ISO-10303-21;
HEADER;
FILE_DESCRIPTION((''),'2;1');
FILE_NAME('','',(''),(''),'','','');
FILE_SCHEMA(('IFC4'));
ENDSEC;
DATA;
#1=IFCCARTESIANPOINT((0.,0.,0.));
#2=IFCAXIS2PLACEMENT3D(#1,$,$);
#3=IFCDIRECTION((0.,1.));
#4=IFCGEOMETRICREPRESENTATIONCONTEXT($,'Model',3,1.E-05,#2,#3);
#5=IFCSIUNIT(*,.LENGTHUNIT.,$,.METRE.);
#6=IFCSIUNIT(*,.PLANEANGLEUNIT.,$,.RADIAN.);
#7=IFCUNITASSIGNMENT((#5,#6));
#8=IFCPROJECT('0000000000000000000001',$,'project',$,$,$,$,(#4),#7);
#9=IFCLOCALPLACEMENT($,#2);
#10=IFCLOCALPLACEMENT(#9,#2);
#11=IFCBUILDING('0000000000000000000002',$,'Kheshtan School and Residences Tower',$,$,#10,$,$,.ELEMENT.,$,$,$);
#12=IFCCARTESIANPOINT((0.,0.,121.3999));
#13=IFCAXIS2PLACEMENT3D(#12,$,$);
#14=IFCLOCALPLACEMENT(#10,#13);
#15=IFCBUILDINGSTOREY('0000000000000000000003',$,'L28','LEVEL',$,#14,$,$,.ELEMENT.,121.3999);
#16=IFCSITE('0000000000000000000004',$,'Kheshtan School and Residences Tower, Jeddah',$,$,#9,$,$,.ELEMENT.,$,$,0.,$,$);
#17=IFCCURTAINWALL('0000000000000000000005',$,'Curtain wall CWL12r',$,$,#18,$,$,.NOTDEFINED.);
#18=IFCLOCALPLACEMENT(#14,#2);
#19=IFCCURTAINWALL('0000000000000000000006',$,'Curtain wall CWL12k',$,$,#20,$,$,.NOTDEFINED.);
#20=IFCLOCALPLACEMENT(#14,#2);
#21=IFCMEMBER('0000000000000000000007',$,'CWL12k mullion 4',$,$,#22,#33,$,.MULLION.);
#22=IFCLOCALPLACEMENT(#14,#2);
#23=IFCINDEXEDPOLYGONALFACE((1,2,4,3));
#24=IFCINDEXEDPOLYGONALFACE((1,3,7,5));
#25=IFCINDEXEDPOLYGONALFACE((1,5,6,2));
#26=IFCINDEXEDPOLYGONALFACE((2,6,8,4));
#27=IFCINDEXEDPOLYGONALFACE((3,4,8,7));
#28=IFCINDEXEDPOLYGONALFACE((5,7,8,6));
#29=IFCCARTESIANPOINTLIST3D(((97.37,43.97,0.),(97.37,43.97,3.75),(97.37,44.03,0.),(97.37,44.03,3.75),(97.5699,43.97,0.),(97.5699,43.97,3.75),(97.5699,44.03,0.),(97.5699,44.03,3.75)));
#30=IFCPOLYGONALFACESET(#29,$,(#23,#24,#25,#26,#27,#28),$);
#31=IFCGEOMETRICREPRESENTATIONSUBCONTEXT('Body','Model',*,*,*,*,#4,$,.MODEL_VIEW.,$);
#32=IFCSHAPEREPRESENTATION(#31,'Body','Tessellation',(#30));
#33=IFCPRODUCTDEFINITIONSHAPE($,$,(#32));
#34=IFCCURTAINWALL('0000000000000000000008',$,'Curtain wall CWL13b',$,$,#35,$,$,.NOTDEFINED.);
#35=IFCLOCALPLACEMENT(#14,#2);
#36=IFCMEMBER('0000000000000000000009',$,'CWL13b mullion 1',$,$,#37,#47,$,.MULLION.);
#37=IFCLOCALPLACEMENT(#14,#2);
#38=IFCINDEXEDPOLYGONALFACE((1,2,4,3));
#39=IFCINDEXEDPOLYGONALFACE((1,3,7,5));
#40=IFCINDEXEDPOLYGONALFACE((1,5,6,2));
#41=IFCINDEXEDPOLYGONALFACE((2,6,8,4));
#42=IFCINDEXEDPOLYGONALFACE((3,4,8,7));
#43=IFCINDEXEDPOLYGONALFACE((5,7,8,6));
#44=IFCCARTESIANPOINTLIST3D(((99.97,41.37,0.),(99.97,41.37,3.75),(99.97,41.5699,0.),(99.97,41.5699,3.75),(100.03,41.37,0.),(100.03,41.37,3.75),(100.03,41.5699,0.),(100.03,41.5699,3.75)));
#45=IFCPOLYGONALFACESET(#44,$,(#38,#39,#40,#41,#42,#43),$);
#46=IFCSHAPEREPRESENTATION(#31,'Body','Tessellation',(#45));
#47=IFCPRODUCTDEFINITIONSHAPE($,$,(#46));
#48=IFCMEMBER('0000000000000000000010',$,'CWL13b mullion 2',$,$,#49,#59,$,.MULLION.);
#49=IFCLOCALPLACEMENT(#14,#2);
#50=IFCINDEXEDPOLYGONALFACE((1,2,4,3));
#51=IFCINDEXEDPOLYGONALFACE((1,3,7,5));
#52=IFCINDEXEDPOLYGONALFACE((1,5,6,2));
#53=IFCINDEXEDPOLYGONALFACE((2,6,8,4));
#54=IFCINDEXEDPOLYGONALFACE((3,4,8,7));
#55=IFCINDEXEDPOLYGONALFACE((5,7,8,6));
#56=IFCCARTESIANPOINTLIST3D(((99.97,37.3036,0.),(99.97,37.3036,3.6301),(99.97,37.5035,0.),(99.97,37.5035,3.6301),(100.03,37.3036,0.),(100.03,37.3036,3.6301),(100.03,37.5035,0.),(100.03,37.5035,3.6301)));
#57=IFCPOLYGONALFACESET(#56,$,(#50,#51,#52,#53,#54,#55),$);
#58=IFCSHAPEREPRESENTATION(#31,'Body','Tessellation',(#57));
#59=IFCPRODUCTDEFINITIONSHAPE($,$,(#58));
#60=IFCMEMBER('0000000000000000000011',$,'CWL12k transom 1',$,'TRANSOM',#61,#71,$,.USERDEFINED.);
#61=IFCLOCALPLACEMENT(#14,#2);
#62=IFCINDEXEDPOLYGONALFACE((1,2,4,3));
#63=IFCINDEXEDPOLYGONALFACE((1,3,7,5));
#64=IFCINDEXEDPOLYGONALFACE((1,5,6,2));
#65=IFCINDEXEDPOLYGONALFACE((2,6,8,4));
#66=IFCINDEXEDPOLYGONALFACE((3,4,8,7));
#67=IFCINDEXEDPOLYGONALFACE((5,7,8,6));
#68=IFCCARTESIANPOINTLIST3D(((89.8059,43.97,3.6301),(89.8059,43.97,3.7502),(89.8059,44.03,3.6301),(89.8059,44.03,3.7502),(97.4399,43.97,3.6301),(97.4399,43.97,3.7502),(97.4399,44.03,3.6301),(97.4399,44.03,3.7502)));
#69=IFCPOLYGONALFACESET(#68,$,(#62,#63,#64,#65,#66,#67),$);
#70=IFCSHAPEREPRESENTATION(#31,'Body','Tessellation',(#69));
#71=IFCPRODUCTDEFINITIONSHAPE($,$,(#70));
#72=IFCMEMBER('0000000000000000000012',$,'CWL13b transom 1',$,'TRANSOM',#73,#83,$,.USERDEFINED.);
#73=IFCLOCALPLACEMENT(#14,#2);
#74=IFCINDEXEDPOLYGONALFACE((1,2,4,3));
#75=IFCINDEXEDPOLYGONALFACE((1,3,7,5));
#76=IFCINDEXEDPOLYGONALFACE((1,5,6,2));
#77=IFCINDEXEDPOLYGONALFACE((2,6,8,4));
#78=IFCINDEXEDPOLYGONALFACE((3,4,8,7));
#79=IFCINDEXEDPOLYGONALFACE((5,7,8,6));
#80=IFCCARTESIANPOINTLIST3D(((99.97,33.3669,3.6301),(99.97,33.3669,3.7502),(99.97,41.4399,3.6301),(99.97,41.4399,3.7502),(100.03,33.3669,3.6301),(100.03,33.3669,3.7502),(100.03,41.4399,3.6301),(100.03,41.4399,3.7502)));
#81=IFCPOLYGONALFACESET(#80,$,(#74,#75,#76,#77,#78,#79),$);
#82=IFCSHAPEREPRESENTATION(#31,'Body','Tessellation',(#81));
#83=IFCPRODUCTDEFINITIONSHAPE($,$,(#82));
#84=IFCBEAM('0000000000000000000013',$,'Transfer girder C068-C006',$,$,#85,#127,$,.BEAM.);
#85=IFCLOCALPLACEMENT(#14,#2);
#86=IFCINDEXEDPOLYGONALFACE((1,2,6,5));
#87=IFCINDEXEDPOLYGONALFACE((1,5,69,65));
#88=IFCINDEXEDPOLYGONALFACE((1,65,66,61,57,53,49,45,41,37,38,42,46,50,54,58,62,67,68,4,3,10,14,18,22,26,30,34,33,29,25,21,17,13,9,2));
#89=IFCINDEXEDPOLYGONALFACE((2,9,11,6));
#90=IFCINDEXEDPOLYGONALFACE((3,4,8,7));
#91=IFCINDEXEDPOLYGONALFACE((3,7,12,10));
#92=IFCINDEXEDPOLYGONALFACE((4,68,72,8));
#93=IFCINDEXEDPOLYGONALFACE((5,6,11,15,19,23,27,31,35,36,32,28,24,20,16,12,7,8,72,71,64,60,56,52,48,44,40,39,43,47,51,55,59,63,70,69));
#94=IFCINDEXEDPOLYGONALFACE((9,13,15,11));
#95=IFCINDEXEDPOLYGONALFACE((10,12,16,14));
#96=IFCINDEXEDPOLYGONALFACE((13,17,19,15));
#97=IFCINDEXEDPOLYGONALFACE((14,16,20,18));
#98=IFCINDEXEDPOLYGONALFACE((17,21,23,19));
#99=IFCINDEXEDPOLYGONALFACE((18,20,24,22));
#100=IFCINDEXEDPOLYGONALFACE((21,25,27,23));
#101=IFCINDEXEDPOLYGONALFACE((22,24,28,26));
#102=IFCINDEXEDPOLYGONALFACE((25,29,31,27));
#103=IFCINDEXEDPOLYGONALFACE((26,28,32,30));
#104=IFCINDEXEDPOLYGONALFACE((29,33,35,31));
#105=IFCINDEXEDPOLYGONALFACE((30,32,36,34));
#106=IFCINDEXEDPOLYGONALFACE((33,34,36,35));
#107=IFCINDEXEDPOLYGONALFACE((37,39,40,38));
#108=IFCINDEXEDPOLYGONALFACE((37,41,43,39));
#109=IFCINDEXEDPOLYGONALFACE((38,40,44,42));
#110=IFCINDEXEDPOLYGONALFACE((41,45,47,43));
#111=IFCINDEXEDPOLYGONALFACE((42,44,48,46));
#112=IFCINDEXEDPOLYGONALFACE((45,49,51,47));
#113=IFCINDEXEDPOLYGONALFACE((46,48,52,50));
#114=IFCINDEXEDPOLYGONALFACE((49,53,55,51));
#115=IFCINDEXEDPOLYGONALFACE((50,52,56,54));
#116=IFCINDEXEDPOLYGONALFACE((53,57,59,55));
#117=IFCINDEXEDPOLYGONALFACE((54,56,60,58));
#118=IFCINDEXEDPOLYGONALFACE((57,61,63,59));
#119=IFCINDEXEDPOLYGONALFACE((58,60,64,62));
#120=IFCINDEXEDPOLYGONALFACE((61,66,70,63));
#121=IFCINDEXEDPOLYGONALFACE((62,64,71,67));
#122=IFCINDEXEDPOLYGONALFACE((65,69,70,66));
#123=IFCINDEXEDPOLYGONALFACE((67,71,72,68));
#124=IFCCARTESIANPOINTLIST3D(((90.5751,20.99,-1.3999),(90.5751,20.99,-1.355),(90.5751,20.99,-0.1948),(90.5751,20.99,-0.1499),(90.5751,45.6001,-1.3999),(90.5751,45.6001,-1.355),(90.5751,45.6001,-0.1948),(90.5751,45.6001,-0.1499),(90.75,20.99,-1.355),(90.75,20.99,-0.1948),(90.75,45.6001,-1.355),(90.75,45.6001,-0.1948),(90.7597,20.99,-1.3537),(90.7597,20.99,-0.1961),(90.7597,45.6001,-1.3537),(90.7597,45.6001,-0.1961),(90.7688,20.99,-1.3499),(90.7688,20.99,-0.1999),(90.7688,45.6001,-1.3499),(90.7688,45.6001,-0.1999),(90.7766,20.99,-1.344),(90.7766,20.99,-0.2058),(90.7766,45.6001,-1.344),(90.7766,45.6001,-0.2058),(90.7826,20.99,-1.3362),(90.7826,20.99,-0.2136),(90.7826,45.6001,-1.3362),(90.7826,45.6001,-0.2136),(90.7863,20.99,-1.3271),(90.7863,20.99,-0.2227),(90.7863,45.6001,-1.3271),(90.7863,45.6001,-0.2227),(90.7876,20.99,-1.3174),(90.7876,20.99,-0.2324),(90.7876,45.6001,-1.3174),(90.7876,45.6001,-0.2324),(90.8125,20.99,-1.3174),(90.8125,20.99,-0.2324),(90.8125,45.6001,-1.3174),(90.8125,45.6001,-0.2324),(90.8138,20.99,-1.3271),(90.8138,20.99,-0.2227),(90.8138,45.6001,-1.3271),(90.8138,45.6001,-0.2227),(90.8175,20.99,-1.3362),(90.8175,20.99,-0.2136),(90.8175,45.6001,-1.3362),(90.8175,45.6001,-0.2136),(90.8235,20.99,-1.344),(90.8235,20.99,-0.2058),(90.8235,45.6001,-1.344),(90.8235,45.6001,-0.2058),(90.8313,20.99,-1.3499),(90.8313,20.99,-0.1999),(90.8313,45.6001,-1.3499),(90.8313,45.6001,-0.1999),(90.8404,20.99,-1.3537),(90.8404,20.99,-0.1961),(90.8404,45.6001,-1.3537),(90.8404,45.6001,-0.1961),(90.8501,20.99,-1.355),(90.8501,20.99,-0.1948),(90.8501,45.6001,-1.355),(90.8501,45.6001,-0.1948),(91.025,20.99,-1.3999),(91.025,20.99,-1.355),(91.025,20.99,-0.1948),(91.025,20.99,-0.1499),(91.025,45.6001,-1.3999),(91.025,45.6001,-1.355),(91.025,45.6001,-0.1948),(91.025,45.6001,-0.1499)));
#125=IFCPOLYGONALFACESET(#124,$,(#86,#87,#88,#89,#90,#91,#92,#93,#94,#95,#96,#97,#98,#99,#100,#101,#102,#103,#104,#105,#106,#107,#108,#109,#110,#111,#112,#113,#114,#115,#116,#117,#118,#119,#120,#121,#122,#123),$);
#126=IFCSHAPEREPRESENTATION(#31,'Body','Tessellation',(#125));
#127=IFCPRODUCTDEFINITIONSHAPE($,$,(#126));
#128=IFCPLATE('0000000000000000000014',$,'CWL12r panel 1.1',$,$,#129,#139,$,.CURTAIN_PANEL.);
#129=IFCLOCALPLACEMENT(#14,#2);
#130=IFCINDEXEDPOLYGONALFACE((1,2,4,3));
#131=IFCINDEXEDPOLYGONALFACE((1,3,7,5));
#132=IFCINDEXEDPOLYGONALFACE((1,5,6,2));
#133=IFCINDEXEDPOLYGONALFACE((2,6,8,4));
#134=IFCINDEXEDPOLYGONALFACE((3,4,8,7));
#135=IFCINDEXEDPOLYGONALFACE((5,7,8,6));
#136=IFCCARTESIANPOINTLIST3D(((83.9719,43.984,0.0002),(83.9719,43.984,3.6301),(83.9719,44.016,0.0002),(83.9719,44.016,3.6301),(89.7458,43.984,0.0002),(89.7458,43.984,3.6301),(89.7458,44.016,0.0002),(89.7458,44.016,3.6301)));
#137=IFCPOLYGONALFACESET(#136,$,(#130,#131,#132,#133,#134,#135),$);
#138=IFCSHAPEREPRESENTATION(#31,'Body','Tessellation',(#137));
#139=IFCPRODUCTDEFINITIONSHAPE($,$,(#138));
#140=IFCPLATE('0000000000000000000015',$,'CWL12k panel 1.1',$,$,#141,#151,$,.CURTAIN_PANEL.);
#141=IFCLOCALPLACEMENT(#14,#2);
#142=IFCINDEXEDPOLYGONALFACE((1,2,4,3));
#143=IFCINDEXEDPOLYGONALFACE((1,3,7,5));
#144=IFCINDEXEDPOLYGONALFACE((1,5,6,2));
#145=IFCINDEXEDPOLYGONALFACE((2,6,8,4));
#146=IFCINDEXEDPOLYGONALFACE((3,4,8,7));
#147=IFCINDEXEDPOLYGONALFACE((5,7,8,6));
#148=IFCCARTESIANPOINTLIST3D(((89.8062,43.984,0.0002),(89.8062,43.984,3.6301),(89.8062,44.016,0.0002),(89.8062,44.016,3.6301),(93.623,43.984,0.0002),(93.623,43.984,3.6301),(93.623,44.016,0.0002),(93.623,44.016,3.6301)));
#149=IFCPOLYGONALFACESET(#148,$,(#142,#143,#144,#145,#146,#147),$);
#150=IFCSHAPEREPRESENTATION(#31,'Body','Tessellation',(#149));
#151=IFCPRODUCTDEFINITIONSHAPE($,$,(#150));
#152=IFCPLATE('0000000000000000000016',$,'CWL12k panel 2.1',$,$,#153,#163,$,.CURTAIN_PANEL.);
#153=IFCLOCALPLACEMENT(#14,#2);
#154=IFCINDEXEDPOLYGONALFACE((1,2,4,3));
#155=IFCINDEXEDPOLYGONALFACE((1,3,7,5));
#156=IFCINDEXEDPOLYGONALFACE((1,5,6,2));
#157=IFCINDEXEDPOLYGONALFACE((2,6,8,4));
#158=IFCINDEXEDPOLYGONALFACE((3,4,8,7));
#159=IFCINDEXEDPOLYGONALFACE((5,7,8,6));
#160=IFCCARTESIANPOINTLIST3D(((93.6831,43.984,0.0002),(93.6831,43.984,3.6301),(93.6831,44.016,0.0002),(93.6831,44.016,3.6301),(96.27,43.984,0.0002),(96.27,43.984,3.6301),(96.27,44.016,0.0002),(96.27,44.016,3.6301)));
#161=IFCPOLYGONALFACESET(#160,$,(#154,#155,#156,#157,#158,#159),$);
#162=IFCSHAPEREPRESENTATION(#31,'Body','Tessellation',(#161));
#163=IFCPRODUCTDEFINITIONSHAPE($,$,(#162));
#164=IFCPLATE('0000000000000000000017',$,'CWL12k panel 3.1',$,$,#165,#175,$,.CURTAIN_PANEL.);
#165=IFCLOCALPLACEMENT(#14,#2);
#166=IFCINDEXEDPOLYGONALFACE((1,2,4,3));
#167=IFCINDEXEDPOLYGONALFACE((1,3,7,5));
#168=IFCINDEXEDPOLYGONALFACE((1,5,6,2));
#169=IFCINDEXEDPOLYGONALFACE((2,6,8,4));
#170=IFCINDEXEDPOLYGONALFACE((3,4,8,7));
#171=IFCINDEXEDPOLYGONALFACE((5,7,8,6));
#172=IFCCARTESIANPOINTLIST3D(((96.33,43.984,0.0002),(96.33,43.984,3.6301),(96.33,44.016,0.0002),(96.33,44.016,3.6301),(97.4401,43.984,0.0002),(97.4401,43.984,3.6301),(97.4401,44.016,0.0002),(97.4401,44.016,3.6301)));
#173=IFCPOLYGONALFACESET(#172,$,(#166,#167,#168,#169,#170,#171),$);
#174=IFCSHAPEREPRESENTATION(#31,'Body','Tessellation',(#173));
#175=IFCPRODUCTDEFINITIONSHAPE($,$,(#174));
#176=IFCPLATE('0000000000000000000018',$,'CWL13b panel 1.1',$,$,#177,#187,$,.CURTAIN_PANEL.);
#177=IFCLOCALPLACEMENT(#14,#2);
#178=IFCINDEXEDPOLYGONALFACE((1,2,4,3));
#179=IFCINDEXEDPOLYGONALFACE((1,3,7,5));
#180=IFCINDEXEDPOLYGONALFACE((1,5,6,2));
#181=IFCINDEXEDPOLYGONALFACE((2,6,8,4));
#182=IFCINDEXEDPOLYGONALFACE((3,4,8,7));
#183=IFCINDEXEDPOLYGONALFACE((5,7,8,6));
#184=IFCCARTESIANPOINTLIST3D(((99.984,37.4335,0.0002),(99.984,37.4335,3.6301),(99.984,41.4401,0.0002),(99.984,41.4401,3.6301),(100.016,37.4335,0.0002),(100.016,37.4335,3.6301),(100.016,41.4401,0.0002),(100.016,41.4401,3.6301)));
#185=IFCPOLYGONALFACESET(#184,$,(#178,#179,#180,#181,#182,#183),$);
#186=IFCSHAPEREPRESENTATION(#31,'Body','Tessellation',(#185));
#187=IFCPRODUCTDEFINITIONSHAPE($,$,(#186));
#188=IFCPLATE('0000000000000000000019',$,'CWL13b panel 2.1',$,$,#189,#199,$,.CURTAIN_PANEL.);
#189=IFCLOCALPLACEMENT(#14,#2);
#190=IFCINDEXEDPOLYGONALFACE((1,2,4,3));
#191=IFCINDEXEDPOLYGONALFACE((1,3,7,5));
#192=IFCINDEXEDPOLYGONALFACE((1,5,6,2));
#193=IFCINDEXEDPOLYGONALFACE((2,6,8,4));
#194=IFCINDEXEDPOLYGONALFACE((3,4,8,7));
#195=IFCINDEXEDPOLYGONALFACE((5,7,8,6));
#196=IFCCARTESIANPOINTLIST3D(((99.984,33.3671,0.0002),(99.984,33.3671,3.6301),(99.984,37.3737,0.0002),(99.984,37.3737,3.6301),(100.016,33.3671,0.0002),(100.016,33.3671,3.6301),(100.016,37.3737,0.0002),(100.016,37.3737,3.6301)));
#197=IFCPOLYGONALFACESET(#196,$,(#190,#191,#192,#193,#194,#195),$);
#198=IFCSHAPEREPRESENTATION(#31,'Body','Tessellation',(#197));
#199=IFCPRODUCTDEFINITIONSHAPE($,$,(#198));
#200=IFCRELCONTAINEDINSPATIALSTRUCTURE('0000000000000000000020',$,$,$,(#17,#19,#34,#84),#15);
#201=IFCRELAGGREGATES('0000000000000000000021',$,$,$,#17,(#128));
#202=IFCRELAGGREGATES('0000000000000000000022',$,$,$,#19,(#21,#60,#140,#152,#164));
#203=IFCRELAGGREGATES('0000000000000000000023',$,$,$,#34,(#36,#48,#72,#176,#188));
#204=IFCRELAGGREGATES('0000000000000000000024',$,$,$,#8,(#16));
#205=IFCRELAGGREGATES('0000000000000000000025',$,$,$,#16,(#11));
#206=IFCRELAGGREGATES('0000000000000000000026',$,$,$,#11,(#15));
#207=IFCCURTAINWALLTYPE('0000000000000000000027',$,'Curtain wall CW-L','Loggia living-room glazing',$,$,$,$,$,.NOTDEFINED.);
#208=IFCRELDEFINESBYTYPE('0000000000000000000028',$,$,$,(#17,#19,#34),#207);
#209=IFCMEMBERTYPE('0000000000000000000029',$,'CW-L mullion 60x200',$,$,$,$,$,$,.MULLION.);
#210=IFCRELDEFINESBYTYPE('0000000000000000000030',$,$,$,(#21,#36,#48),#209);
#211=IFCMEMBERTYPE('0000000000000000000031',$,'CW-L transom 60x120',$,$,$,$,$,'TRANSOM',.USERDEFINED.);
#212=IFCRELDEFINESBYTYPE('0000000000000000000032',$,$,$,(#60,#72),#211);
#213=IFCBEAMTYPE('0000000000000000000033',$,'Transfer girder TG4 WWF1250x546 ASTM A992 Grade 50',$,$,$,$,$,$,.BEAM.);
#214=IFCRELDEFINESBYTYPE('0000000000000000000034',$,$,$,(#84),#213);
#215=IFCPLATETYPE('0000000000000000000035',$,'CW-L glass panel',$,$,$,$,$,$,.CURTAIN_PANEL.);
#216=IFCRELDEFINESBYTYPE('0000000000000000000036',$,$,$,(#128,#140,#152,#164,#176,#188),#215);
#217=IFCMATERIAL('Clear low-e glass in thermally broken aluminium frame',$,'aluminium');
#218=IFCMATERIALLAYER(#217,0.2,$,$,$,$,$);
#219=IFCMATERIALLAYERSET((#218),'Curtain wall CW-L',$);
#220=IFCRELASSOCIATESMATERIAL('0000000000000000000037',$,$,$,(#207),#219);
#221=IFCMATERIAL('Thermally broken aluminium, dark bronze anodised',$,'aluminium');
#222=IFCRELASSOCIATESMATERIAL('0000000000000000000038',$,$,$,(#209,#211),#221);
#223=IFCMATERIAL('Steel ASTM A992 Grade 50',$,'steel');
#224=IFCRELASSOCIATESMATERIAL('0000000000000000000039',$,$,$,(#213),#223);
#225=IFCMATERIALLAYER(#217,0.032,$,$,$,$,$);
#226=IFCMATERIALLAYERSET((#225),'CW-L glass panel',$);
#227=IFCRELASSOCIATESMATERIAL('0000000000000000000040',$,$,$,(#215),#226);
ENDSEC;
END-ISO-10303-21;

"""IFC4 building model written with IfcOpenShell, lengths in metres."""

from ifc_helpers import new_model, si_unit, direction, frame, origin, origin_2d, place, context, subcontext, project, spatial, rectangle, i_section, extrude, material, layer, layer_set, material_profile, profile_set, type_object, element, aggregate, save


model = new_model("IFC4")

# Units and contexts
model_context = context("Model", 3, precision=1e-05, world=origin(), true_north=direction((0.0, 1.0)))
body_context = subcontext(model_context, "Body", "Model", "MODEL_VIEW")
ifc_project = project(units=[si_unit("LENGTHUNIT", "METRE"), si_unit("PLANEANGLEUNIT", "RADIAN")], contexts=[model_context])

# Site, building, storey
site_placement = place(None, origin())
site = spatial("IfcSite", under=ifc_project, at=site_placement, Name="Kheshtan School and Residences Tower, Jeddah", CompositionType="ELEMENT", RefElevation=0.0)
building_placement = place(site_placement, origin())
building = spatial("IfcBuilding", under=site, at=building_placement, Name="Kheshtan School and Residences Tower", CompositionType="ELEMENT")
storey_placement = place(building_placement, frame((0.0, 0.0, 121.3999)))
storey = spatial("IfcBuildingStorey", under=building, at=storey_placement, Name="L28", Description="LEVEL", CompositionType="ELEMENT", Elevation=121.3999)

# Shared definitions
ifc_material_1 = material(Name="Steel ASTM A992 Grade 50", Category="steel")

# Curtain wall
ifc_material_2 = material(Name="Clear low-e glass in thermally broken aluminium frame", Category="aluminium")
ifc_layer_1 = layer(ifc_material_2, 0.2)
ifc_layer_set_1 = layer_set([ifc_layer_1], Name="Curtain wall CW-L")
curtain_wall_type = type_object("IfcCurtainWallType", Name="Curtain wall CW-L", Description="Loggia living-room glazing", PredefinedType="NOTDEFINED", material=ifc_layer_set_1)
curtain_wall_1_placement = place(storey_placement, origin())
curtain_wall_1 = element("IfcCurtainWall", 1, at=curtain_wall_1_placement, inside=storey, type_object=curtain_wall_type, Name="Curtain wall CWL12r", PredefinedType="NOTDEFINED")
ifc_material_3 = material(Name="Thermally broken aluminium, dark bronze anodised", Category="aluminium")
ifc_material_profile_1 = material_profile(ifc_material_3, rectangle(XDim=0.0601, YDim=0.2, at=origin_2d()), Name="CW-L mullion 60x200")
ifc_profile_set_1 = profile_set([ifc_material_profile_1], Name="Thermally broken aluminium, dark bronze anodised")
member_type_1 = type_object("IfcMemberType", Name="CW-L mullion 60x200", PredefinedType="MULLION", material=ifc_profile_set_1)

# Curtain walls, members
curtain_wall_2_placement = place(storey_placement, origin())
curtain_wall_2 = element("IfcCurtainWall", 2, at=curtain_wall_2_placement, inside=storey, type_object=curtain_wall_type, Name="Curtain wall CWL12k", PredefinedType="NOTDEFINED")
member_1_placement = place(storey_placement, frame((97.47, 44.0, 0.0), z_axis=(0.0, 0.0, 1.0), x_axis=(0.0, 1.0, 0.0)))
member_1 = element("IfcMember", 3, at=member_1_placement, type_object=member_type_1, Name="CWL12k mullion 4", PredefinedType="MULLION", context=body_context, shape_type="SweptSolid", body=[
    extrude(rectangle(XDim=0.0601, YDim=0.2, at=origin_2d()), origin(), (0.0, 0.0, 1.0), 3.75),
])
curtain_wall_3_placement = place(storey_placement, origin())
curtain_wall_3 = element("IfcCurtainWall", 4, at=curtain_wall_3_placement, inside=storey, type_object=curtain_wall_type, Name="Curtain wall CWL13b", PredefinedType="NOTDEFINED")
member_2_placement = place(storey_placement, frame((100.0, 41.47, 0.0), z_axis=(0.0, 0.0, 1.0), x_axis=(1.0, 0.0, 0.0)))
member_2 = element("IfcMember", 5, at=member_2_placement, type_object=member_type_1, Name="CWL13b mullion 1", PredefinedType="MULLION", context=body_context, shape_type="SweptSolid", body=[
    extrude(rectangle(XDim=0.0601, YDim=0.2, at=origin_2d()), origin(), (0.0, 0.0, 1.0), 3.75),
])
member_3_placement = place(storey_placement, frame((100.0, 37.4036, 0.0), z_axis=(0.0, 0.0, 1.0), x_axis=(1.0, 0.0, 0.0)))
member_3 = element("IfcMember", 6, at=member_3_placement, type_object=member_type_1, Name="CWL13b mullion 2", PredefinedType="MULLION", context=body_context, shape_type="SweptSolid", body=[
    extrude(rectangle(XDim=0.0601, YDim=0.2, at=origin_2d()), origin(), (0.0, 0.0, 1.0), 3.6301),
])

# Members
ifc_material_profile_2 = material_profile(ifc_material_3, rectangle(XDim=0.0601, YDim=0.1201, at=origin_2d()), Name="CW-L transom 60x120")
ifc_profile_set_2 = profile_set([ifc_material_profile_2], Name="Thermally broken aluminium, dark bronze anodised")
member_type_2 = type_object("IfcMemberType", Name="CW-L transom 60x120", ElementType="TRANSOM", PredefinedType="USERDEFINED", material=ifc_profile_set_2)
member_4_placement = place(storey_placement, frame((89.8059, 44.0, 3.6902), z_axis=(1.0, 0.0, 0.0), x_axis=(0.0, 1.0, 0.0)))
member_4 = element("IfcMember", 7, at=member_4_placement, type_object=member_type_2, Name="CWL12k transom 1", ObjectType="TRANSOM", PredefinedType="USERDEFINED", context=body_context, shape_type="SweptSolid", body=[
    extrude(rectangle(XDim=0.0601, YDim=0.1201, at=origin_2d()), origin(), (0.0, 0.0, 1.0), 7.634),
])
member_5_placement = place(storey_placement, frame((100.0, 41.4399, 3.6902), z_axis=(0.0, -1.0, 0.0), x_axis=(1.0, 0.0, 0.0)))
member_5 = element("IfcMember", 8, at=member_5_placement, type_object=member_type_2, Name="CWL13b transom 1", ObjectType="TRANSOM", PredefinedType="USERDEFINED", context=body_context, shape_type="SweptSolid", body=[
    extrude(rectangle(XDim=0.0601, YDim=0.1201, at=origin_2d()), origin(), (0.0, 0.0, 1.0), 8.073),
])

# Beam
ifc_material_profile_3 = material_profile(ifc_material_1, i_section(OverallWidth=0.45, OverallDepth=1.25, WebThickness=0.0249, FlangeThickness=0.0449, FilletRadius=0.0376, at=origin_2d()), Name="WWF1250x546")
ifc_profile_set_3 = profile_set([ifc_material_profile_3], Name="Steel ASTM A992 Grade 50")
beam_type_1 = type_object("IfcBeamType", Name="Transfer girder TG4 WWF1250x546 ASTM A992 Grade 50", PredefinedType="BEAM", material=ifc_profile_set_3)
beam_1_placement = place(storey_placement, frame((90.8, 45.6001, -0.7749), z_axis=(0.0, -1.0, 0.0), x_axis=(1.0, 0.0, 0.0)))
element("IfcBeam", 9, at=beam_1_placement, inside=storey, type_object=beam_type_1, Name="Transfer girder C068-C006", PredefinedType="BEAM", context=body_context, shape_type="SweptSolid", body=[
    extrude(i_section(OverallWidth=0.45, OverallDepth=1.25, WebThickness=0.0249, FlangeThickness=0.0449, FilletRadius=0.0376, at=origin_2d()), origin(), (0.0, 0.0, 1.0), 24.6101),
])

# Plates
ifc_layer_2 = layer(ifc_material_2, 0.032)
ifc_layer_set_2 = layer_set([ifc_layer_2], Name="CW-L glass panel")
plate_type = type_object("IfcPlateType", Name="CW-L glass panel", PredefinedType="CURTAIN_PANEL", material=ifc_layer_set_2)
plate_1_placement = place(storey_placement, frame((86.8589, 44.0, 0.0002), z_axis=(0.0, 0.0, 1.0), x_axis=(1.0, 0.0, 0.0)))
plate_1 = element("IfcPlate", 10, at=plate_1_placement, type_object=plate_type, Name="CWL12r panel 1.1", PredefinedType="CURTAIN_PANEL", context=body_context, shape_type="SweptSolid", body=[
    extrude(rectangle(XDim=5.7739, YDim=0.032, at=origin_2d()), origin(), (0.0, 0.0, 1.0), 3.6299),
])
aggregate(curtain_wall_1, [plate_1])
plate_2_placement = place(storey_placement, frame((91.7146, 44.0, 0.0002), z_axis=(0.0, 0.0, 1.0), x_axis=(1.0, 0.0, 0.0)))
plate_2 = element("IfcPlate", 11, at=plate_2_placement, type_object=plate_type, Name="CWL12k panel 1.1", PredefinedType="CURTAIN_PANEL", context=body_context, shape_type="SweptSolid", body=[
    extrude(rectangle(XDim=3.8169, YDim=0.032, at=origin_2d()), origin(), (0.0, 0.0, 1.0), 3.6299),
])
plate_3_placement = place(storey_placement, frame((94.9766, 44.0, 0.0002), z_axis=(0.0, 0.0, 1.0), x_axis=(1.0, 0.0, 0.0)))
plate_3 = element("IfcPlate", 12, at=plate_3_placement, type_object=plate_type, Name="CWL12k panel 2.1", PredefinedType="CURTAIN_PANEL", context=body_context, shape_type="SweptSolid", body=[
    extrude(rectangle(XDim=2.5869, YDim=0.032, at=origin_2d()), origin(), (0.0, 0.0, 1.0), 3.6299),
])
plate_4_placement = place(storey_placement, frame((96.885, 44.0, 0.0002), z_axis=(0.0, 0.0, 1.0), x_axis=(1.0, 0.0, 0.0)))
plate_4 = element("IfcPlate", 13, at=plate_4_placement, type_object=plate_type, Name="CWL12k panel 3.1", PredefinedType="CURTAIN_PANEL", context=body_context, shape_type="SweptSolid", body=[
    extrude(rectangle(XDim=1.1101, YDim=0.032, at=origin_2d()), origin(), (0.0, 0.0, 1.0), 3.6299),
])
aggregate(curtain_wall_2, [member_1, member_4, plate_2, plate_3, plate_4])
plate_5_placement = place(storey_placement, frame((100.0, 39.4368, 0.0002), z_axis=(0.0, 0.0, 1.0), x_axis=(0.0, -1.0, 0.0)))
plate_5 = element("IfcPlate", 14, at=plate_5_placement, type_object=plate_type, Name="CWL13b panel 1.1", PredefinedType="CURTAIN_PANEL", context=body_context, shape_type="SweptSolid", body=[
    extrude(rectangle(XDim=4.0066, YDim=0.032, at=origin_2d()), origin(), (0.0, 0.0, 1.0), 3.6299),
])
plate_6_placement = place(storey_placement, frame((100.0, 35.3704, 0.0002), z_axis=(0.0, 0.0, 1.0), x_axis=(0.0, -1.0, 0.0)))
plate_6 = element("IfcPlate", 15, at=plate_6_placement, type_object=plate_type, Name="CWL13b panel 2.1", PredefinedType="CURTAIN_PANEL", context=body_context, shape_type="SweptSolid", body=[
    extrude(rectangle(XDim=4.0066, YDim=0.032, at=origin_2d()), origin(), (0.0, 0.0, 1.0), 3.6299),
])
aggregate(curtain_wall_3, [member_2, member_3, member_5, plate_5, plate_6])

save(model, "model.ifc")
